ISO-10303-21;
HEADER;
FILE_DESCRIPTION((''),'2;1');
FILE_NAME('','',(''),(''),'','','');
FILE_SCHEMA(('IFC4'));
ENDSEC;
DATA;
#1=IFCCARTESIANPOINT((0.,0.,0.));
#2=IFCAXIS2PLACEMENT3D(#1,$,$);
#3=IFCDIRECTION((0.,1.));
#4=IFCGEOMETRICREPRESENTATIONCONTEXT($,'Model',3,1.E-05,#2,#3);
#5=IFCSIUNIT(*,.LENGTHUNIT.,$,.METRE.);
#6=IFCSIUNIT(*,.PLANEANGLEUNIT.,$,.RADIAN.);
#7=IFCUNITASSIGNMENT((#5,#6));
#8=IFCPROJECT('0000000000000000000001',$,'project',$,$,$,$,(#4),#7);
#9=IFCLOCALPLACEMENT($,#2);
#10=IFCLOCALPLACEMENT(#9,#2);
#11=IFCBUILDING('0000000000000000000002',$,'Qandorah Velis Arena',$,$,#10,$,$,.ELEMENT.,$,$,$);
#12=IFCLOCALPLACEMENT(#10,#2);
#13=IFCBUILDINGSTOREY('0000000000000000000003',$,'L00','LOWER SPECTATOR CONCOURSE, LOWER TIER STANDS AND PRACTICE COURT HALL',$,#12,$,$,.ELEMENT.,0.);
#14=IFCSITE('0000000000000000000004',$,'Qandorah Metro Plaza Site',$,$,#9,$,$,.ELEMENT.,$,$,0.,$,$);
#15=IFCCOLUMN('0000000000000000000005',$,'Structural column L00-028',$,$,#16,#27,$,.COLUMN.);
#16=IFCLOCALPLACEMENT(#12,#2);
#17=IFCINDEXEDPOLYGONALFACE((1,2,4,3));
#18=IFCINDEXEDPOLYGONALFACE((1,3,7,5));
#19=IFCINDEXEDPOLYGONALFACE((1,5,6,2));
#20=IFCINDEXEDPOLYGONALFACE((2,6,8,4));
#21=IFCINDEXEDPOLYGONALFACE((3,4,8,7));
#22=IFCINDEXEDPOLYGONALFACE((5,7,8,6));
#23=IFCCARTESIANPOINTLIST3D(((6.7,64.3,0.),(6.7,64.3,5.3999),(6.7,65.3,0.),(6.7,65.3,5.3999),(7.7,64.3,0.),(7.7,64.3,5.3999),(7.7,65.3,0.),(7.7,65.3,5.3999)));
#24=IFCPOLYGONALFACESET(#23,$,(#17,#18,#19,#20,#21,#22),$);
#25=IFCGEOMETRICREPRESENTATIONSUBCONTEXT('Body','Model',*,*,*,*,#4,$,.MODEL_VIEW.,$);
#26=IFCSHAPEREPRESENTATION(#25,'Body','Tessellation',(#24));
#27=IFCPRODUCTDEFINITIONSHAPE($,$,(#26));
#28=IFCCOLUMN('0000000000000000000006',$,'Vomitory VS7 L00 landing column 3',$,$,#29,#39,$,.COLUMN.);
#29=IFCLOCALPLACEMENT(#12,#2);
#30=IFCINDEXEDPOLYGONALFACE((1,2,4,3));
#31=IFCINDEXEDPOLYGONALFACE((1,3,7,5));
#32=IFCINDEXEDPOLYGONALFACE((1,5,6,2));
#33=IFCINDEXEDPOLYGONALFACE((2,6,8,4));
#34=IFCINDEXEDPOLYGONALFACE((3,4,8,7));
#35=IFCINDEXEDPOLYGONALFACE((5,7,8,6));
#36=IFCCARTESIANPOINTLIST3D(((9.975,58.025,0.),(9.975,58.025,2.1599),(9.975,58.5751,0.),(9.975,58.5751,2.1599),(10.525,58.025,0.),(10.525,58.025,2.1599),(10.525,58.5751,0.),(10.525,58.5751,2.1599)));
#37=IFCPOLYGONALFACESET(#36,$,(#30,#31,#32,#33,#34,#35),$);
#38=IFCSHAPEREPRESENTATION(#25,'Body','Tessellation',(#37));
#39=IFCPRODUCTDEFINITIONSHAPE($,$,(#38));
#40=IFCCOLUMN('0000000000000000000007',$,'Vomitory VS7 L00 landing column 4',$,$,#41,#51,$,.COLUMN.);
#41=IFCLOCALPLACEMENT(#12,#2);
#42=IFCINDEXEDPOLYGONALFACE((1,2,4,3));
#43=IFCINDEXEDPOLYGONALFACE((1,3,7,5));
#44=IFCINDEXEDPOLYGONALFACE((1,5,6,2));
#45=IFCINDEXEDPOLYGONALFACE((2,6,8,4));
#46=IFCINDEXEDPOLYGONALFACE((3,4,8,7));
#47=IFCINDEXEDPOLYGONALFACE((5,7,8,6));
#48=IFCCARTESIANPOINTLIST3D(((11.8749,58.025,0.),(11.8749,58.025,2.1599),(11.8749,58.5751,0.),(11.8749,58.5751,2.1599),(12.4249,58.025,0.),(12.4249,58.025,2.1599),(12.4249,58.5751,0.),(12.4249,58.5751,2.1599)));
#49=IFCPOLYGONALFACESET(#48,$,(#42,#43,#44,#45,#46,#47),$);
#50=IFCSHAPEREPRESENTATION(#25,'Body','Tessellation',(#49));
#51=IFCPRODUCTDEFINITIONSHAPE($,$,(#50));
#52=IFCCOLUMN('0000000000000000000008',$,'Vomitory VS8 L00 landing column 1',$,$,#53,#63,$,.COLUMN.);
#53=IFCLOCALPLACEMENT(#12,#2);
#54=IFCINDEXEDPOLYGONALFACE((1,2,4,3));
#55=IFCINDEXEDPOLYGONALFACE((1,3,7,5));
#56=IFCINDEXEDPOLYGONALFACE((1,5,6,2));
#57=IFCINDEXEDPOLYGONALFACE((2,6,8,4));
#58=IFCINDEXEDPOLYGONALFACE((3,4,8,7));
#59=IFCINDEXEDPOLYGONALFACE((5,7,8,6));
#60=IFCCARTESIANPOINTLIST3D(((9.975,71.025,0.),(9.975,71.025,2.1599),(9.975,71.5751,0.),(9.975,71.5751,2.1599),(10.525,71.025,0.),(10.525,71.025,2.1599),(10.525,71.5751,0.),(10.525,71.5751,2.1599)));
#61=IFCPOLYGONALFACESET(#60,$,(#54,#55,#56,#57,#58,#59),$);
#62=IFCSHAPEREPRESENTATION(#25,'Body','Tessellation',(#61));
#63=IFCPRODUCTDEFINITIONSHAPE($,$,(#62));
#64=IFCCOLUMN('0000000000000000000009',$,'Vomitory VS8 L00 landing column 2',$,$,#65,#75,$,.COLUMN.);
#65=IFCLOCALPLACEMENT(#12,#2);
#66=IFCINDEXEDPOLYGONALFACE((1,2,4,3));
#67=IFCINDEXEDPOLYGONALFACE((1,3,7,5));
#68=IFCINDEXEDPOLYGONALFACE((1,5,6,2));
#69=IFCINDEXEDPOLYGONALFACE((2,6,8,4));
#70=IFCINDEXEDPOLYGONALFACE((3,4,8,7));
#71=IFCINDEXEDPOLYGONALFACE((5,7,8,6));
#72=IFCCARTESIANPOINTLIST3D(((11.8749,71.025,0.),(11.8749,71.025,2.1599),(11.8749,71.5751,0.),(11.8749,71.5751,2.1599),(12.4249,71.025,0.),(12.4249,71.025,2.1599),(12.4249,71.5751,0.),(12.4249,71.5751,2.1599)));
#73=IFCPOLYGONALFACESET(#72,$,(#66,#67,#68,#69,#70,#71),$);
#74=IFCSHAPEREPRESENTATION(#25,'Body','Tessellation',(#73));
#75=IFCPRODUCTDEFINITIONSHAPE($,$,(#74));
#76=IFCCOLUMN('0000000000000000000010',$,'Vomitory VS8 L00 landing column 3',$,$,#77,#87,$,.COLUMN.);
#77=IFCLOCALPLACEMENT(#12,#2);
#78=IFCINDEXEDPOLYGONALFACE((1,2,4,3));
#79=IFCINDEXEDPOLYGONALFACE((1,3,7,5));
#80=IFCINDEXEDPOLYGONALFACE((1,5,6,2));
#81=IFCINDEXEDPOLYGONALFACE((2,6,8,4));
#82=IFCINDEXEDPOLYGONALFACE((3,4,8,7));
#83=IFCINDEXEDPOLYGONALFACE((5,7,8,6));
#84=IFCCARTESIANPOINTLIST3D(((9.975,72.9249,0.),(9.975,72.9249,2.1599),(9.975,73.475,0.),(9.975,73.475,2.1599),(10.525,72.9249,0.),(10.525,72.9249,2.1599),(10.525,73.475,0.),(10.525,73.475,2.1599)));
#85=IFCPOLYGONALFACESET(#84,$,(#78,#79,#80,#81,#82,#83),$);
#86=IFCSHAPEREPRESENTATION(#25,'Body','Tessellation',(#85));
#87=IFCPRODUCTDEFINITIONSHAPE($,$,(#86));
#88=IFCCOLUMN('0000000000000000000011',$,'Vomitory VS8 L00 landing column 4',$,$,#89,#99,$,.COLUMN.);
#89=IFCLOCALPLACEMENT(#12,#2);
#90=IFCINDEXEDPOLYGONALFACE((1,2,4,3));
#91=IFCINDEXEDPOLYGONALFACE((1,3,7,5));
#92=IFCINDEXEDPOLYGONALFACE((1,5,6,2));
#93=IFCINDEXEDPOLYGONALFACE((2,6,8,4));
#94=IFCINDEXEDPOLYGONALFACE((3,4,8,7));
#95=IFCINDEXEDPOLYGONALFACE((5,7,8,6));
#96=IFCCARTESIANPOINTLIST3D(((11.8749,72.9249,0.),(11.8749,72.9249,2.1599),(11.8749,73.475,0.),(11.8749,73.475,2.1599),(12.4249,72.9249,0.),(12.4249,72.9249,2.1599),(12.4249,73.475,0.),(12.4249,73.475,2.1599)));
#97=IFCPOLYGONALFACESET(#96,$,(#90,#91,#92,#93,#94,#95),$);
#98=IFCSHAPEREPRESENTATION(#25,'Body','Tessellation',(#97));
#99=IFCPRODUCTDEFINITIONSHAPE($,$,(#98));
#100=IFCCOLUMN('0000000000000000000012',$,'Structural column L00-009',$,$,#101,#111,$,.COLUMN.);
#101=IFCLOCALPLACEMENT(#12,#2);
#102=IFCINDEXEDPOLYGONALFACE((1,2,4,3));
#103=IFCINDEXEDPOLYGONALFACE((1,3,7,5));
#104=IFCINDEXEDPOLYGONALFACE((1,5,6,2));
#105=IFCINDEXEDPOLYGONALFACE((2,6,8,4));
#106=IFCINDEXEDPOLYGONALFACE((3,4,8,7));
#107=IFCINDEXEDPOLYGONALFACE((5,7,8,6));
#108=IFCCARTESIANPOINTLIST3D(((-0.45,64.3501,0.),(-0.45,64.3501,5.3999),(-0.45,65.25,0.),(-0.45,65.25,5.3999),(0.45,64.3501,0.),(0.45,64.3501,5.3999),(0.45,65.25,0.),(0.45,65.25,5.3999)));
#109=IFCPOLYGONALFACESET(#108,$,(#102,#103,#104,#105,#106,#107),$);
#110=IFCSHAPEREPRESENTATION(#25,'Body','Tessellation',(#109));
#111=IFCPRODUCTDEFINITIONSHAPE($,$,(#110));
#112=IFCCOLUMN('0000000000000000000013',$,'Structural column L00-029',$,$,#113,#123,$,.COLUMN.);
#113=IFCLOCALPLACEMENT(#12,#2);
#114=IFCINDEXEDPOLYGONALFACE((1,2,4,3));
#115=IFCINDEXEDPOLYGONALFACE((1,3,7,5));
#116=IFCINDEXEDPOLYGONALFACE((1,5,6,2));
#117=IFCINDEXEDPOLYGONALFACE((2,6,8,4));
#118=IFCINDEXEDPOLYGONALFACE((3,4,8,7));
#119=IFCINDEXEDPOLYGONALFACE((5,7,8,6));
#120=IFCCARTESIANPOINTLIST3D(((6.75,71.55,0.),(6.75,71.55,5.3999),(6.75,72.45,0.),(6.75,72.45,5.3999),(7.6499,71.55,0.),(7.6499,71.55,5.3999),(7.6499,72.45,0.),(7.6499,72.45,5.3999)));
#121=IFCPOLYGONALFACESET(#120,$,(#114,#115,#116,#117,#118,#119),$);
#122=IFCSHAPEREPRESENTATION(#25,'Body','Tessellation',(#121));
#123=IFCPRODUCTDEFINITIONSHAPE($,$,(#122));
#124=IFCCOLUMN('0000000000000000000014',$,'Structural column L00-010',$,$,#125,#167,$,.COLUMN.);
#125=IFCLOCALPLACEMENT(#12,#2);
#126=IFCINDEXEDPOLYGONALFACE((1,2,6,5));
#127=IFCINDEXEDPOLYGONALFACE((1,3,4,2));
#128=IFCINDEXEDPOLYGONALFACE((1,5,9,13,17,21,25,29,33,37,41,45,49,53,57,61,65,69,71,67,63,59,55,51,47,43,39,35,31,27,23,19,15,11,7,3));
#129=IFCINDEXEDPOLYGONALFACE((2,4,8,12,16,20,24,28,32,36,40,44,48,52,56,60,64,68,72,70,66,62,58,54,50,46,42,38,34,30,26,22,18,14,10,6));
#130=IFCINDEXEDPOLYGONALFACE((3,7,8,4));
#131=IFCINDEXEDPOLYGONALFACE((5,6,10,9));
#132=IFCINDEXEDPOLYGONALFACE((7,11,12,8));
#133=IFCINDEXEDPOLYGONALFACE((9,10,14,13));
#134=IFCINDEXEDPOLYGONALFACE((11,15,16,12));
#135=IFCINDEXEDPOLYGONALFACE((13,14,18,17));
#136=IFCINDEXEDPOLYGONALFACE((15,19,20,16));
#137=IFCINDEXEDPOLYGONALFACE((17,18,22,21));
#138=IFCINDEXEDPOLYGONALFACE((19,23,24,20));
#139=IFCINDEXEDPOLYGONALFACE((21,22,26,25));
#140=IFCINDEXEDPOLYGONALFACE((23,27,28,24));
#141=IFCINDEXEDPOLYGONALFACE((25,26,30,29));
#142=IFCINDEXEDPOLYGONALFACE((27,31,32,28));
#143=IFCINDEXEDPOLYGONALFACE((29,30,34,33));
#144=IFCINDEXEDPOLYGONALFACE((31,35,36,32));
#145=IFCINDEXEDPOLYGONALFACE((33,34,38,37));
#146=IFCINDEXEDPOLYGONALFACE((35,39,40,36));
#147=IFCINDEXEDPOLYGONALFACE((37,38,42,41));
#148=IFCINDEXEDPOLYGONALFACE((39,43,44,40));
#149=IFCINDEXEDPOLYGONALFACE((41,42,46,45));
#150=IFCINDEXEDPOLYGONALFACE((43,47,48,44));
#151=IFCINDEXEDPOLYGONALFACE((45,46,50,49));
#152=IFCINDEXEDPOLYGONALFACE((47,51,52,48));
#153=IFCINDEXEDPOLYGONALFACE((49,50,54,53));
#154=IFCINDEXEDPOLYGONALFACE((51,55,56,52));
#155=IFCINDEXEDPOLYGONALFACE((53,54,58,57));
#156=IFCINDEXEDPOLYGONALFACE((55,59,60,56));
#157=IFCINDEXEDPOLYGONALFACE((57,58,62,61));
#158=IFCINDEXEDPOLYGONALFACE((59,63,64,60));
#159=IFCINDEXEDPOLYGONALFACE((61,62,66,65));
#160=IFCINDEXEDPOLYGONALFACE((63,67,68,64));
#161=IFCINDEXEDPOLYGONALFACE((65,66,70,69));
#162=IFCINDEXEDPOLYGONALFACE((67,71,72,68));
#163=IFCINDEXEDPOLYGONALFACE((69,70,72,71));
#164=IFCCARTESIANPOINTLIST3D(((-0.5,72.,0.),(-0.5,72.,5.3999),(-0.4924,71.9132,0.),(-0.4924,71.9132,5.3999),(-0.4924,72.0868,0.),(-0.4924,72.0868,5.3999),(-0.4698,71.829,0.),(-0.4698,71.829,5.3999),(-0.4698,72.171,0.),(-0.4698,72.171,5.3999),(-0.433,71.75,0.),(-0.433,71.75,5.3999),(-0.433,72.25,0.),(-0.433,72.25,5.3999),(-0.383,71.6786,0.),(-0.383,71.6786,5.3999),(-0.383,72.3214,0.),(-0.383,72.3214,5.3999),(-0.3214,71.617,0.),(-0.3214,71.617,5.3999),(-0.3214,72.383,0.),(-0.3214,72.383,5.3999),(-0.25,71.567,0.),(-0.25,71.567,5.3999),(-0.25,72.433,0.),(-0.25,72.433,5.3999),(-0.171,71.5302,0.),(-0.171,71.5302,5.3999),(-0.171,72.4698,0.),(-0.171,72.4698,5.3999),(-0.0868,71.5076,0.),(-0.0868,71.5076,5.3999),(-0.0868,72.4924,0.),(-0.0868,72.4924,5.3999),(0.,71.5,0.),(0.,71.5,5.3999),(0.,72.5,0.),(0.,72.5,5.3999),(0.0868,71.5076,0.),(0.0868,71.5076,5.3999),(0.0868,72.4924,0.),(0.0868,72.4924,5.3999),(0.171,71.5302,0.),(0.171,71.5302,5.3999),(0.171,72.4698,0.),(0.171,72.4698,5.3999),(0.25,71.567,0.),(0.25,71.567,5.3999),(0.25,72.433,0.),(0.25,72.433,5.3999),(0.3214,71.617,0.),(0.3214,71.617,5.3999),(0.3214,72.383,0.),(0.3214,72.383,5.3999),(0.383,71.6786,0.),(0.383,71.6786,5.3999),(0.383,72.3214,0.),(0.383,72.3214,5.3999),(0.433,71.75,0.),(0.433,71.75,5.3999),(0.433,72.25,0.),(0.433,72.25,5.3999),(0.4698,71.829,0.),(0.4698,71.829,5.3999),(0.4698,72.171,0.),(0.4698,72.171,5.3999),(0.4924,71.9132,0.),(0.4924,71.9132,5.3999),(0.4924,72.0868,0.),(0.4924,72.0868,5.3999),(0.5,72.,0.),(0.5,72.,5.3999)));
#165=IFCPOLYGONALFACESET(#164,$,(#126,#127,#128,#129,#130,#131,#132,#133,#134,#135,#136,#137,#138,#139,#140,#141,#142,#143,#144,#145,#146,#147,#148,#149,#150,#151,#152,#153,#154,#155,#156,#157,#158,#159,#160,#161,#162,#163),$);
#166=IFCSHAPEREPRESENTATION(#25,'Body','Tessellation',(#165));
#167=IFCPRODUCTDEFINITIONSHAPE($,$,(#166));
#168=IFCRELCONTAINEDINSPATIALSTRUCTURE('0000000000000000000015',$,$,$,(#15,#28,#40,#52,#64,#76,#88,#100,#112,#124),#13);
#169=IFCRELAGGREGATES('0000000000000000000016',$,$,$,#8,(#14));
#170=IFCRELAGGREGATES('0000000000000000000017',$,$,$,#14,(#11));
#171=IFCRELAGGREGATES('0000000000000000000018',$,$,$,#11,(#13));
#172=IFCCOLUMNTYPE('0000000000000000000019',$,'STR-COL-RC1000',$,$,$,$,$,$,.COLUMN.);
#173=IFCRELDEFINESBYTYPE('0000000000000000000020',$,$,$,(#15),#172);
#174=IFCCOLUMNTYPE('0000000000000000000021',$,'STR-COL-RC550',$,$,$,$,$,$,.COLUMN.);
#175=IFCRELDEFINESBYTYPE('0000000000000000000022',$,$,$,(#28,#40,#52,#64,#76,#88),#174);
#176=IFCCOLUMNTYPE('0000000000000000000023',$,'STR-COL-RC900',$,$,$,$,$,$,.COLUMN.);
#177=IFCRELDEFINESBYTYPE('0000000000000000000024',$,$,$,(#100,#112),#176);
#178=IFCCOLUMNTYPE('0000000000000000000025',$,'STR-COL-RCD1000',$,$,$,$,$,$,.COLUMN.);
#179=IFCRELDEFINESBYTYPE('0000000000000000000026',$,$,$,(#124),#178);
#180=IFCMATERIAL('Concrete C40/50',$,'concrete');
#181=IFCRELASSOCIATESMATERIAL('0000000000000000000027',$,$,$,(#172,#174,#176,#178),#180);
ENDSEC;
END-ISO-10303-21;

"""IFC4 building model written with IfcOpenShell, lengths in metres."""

from ifc_helpers import new_model, si_unit, direction, frame, origin, origin_2d, place, context, subcontext, project, spatial, rectangle, circle, extrude, material, material_profile, profile_set, type_object, element, save


model = new_model("IFC4")

# Units and contexts
model_context = context("Model", 3, precision=1e-05, world=origin(), true_north=direction((0.0, 1.0)))
body_context = subcontext(model_context, "Body", "Model", "MODEL_VIEW")
ifc_project = project(units=[si_unit("LENGTHUNIT", "METRE"), si_unit("PLANEANGLEUNIT", "RADIAN")], contexts=[model_context])

# Site, building, storey
site_placement = place(None, origin())
site = spatial("IfcSite", under=ifc_project, at=site_placement, Name="Qandorah Metro Plaza Site", CompositionType="ELEMENT", RefElevation=0.0)
building_placement = place(site_placement, origin())
building = spatial("IfcBuilding", under=site, at=building_placement, Name="Qandorah Velis Arena", CompositionType="ELEMENT")
storey_placement = place(building_placement, origin())
storey = spatial("IfcBuildingStorey", under=building, at=storey_placement, Name="L00", Description="LOWER SPECTATOR CONCOURSE, LOWER TIER STANDS AND PRACTICE COURT HALL", CompositionType="ELEMENT", Elevation=0.0)

# Columns
ifc_material_1 = material(Name="Concrete C40/50", Category="concrete")
ifc_material_profile_1 = material_profile(ifc_material_1, rectangle(XDim=1.0, YDim=1.0, at=origin_2d()), Name="RC COL 1000x1000")
ifc_profile_set_1 = profile_set([ifc_material_profile_1], Name="Concrete C40/50")
column_type_1 = type_object("IfcColumnType", Name="STR-COL-RC1000", PredefinedType="COLUMN", material=ifc_profile_set_1)
column_1_placement = place(storey_placement, frame((7.2, 64.8, 0.0), z_axis=(0.0, 0.0, 1.0), x_axis=(1.0, 0.0, 0.0)))
element("IfcColumn", 1, at=column_1_placement, inside=storey, type_object=column_type_1, Name="Structural column L00-028", PredefinedType="COLUMN", context=body_context, shape_type="SweptSolid", body=[
    extrude(rectangle(XDim=1.0, YDim=1.0, at=origin_2d()), origin(), (0.0, 0.0, 1.0), 5.3999),
])
ifc_material_profile_2 = material_profile(ifc_material_1, rectangle(XDim=0.55, YDim=0.55, at=origin_2d()), Name="RC COL 550x550")
ifc_profile_set_2 = profile_set([ifc_material_profile_2], Name="Concrete C40/50")
column_type_2 = type_object("IfcColumnType", Name="STR-COL-RC550", PredefinedType="COLUMN", material=ifc_profile_set_2)
for number, where, z_axis, x_axis, name in (
    (2, (10.25, 58.3, 0.0), (0.0, 0.0, 1.0), (1.0, 0.0, 0.0), "Vomitory VS7 L00 landing column 3"),
    (3, (12.1499, 58.3, 0.0), (0.0, 0.0, 1.0), (1.0, 0.0, 0.0), "Vomitory VS7 L00 landing column 4"),
    (4, (10.25, 71.3, 0.0), (0.0, 0.0, 1.0), (1.0, 0.0, 0.0), "Vomitory VS8 L00 landing column 1"),
    (5, (12.1499, 71.3, 0.0), (0.0, 0.0, 1.0), (1.0, 0.0, 0.0), "Vomitory VS8 L00 landing column 2"),
    (6, (10.25, 73.2, 0.0), (0.0, 0.0, 1.0), (1.0, 0.0, 0.0), "Vomitory VS8 L00 landing column 3"),
    (7, (12.1499, 73.2, 0.0), (0.0, 0.0, 1.0), (1.0, 0.0, 0.0), "Vomitory VS8 L00 landing column 4"),
):
    element("IfcColumn", number, at=place(storey_placement, frame(where, z_axis=z_axis, x_axis=x_axis)), inside=storey, type_object=column_type_2, Name=name, PredefinedType="COLUMN", context=body_context, shape_type="SweptSolid", body=[
        extrude(rectangle(XDim=0.55, YDim=0.55, at=origin_2d()), origin(), (0.0, 0.0, 1.0), 2.1599),
    ])
ifc_material_profile_3 = material_profile(ifc_material_1, rectangle(XDim=0.8999, YDim=0.8999, at=origin_2d()), Name="RC COL 900x900")
ifc_profile_set_3 = profile_set([ifc_material_profile_3], Name="Concrete C40/50")
column_type_3 = type_object("IfcColumnType", Name="STR-COL-RC900", PredefinedType="COLUMN", material=ifc_profile_set_3)
for number, where, z_axis, x_axis, name in (
    (8, (0.0, 64.8, 0.0), (0.0, 0.0, 1.0), (1.0, 0.0, 0.0), "Structural column L00-009"),
    (9, (7.2, 72.0, 0.0), (0.0, 0.0, 1.0), (1.0, 0.0, 0.0), "Structural column L00-029"),
):
    element("IfcColumn", number, at=place(storey_placement, frame(where, z_axis=z_axis, x_axis=x_axis)), inside=storey, type_object=column_type_3, Name=name, PredefinedType="COLUMN", context=body_context, shape_type="SweptSolid", body=[
        extrude(rectangle(XDim=0.8999, YDim=0.8999, at=origin_2d()), origin(), (0.0, 0.0, 1.0), 5.3999),
    ])
ifc_material_profile_4 = material_profile(ifc_material_1, circle(Radius=0.5, at=origin_2d()), Name="RC D1000")
ifc_profile_set_4 = profile_set([ifc_material_profile_4], Name="Concrete C40/50")
column_type_4 = type_object("IfcColumnType", Name="STR-COL-RCD1000", PredefinedType="COLUMN", material=ifc_profile_set_4)
column_2_placement = place(storey_placement, frame((0.0, 72.0, 0.0), z_axis=(0.0, 0.0, 1.0), x_axis=(1.0, 0.0, 0.0)))
element("IfcColumn", 10, at=column_2_placement, inside=storey, type_object=column_type_4, Name="Structural column L00-010", PredefinedType="COLUMN", context=body_context, shape_type="SweptSolid", body=[
    extrude(circle(Radius=0.5, at=origin_2d()), origin(), (0.0, 0.0, 1.0), 5.3999),
])

save(model, "model.ifc")
